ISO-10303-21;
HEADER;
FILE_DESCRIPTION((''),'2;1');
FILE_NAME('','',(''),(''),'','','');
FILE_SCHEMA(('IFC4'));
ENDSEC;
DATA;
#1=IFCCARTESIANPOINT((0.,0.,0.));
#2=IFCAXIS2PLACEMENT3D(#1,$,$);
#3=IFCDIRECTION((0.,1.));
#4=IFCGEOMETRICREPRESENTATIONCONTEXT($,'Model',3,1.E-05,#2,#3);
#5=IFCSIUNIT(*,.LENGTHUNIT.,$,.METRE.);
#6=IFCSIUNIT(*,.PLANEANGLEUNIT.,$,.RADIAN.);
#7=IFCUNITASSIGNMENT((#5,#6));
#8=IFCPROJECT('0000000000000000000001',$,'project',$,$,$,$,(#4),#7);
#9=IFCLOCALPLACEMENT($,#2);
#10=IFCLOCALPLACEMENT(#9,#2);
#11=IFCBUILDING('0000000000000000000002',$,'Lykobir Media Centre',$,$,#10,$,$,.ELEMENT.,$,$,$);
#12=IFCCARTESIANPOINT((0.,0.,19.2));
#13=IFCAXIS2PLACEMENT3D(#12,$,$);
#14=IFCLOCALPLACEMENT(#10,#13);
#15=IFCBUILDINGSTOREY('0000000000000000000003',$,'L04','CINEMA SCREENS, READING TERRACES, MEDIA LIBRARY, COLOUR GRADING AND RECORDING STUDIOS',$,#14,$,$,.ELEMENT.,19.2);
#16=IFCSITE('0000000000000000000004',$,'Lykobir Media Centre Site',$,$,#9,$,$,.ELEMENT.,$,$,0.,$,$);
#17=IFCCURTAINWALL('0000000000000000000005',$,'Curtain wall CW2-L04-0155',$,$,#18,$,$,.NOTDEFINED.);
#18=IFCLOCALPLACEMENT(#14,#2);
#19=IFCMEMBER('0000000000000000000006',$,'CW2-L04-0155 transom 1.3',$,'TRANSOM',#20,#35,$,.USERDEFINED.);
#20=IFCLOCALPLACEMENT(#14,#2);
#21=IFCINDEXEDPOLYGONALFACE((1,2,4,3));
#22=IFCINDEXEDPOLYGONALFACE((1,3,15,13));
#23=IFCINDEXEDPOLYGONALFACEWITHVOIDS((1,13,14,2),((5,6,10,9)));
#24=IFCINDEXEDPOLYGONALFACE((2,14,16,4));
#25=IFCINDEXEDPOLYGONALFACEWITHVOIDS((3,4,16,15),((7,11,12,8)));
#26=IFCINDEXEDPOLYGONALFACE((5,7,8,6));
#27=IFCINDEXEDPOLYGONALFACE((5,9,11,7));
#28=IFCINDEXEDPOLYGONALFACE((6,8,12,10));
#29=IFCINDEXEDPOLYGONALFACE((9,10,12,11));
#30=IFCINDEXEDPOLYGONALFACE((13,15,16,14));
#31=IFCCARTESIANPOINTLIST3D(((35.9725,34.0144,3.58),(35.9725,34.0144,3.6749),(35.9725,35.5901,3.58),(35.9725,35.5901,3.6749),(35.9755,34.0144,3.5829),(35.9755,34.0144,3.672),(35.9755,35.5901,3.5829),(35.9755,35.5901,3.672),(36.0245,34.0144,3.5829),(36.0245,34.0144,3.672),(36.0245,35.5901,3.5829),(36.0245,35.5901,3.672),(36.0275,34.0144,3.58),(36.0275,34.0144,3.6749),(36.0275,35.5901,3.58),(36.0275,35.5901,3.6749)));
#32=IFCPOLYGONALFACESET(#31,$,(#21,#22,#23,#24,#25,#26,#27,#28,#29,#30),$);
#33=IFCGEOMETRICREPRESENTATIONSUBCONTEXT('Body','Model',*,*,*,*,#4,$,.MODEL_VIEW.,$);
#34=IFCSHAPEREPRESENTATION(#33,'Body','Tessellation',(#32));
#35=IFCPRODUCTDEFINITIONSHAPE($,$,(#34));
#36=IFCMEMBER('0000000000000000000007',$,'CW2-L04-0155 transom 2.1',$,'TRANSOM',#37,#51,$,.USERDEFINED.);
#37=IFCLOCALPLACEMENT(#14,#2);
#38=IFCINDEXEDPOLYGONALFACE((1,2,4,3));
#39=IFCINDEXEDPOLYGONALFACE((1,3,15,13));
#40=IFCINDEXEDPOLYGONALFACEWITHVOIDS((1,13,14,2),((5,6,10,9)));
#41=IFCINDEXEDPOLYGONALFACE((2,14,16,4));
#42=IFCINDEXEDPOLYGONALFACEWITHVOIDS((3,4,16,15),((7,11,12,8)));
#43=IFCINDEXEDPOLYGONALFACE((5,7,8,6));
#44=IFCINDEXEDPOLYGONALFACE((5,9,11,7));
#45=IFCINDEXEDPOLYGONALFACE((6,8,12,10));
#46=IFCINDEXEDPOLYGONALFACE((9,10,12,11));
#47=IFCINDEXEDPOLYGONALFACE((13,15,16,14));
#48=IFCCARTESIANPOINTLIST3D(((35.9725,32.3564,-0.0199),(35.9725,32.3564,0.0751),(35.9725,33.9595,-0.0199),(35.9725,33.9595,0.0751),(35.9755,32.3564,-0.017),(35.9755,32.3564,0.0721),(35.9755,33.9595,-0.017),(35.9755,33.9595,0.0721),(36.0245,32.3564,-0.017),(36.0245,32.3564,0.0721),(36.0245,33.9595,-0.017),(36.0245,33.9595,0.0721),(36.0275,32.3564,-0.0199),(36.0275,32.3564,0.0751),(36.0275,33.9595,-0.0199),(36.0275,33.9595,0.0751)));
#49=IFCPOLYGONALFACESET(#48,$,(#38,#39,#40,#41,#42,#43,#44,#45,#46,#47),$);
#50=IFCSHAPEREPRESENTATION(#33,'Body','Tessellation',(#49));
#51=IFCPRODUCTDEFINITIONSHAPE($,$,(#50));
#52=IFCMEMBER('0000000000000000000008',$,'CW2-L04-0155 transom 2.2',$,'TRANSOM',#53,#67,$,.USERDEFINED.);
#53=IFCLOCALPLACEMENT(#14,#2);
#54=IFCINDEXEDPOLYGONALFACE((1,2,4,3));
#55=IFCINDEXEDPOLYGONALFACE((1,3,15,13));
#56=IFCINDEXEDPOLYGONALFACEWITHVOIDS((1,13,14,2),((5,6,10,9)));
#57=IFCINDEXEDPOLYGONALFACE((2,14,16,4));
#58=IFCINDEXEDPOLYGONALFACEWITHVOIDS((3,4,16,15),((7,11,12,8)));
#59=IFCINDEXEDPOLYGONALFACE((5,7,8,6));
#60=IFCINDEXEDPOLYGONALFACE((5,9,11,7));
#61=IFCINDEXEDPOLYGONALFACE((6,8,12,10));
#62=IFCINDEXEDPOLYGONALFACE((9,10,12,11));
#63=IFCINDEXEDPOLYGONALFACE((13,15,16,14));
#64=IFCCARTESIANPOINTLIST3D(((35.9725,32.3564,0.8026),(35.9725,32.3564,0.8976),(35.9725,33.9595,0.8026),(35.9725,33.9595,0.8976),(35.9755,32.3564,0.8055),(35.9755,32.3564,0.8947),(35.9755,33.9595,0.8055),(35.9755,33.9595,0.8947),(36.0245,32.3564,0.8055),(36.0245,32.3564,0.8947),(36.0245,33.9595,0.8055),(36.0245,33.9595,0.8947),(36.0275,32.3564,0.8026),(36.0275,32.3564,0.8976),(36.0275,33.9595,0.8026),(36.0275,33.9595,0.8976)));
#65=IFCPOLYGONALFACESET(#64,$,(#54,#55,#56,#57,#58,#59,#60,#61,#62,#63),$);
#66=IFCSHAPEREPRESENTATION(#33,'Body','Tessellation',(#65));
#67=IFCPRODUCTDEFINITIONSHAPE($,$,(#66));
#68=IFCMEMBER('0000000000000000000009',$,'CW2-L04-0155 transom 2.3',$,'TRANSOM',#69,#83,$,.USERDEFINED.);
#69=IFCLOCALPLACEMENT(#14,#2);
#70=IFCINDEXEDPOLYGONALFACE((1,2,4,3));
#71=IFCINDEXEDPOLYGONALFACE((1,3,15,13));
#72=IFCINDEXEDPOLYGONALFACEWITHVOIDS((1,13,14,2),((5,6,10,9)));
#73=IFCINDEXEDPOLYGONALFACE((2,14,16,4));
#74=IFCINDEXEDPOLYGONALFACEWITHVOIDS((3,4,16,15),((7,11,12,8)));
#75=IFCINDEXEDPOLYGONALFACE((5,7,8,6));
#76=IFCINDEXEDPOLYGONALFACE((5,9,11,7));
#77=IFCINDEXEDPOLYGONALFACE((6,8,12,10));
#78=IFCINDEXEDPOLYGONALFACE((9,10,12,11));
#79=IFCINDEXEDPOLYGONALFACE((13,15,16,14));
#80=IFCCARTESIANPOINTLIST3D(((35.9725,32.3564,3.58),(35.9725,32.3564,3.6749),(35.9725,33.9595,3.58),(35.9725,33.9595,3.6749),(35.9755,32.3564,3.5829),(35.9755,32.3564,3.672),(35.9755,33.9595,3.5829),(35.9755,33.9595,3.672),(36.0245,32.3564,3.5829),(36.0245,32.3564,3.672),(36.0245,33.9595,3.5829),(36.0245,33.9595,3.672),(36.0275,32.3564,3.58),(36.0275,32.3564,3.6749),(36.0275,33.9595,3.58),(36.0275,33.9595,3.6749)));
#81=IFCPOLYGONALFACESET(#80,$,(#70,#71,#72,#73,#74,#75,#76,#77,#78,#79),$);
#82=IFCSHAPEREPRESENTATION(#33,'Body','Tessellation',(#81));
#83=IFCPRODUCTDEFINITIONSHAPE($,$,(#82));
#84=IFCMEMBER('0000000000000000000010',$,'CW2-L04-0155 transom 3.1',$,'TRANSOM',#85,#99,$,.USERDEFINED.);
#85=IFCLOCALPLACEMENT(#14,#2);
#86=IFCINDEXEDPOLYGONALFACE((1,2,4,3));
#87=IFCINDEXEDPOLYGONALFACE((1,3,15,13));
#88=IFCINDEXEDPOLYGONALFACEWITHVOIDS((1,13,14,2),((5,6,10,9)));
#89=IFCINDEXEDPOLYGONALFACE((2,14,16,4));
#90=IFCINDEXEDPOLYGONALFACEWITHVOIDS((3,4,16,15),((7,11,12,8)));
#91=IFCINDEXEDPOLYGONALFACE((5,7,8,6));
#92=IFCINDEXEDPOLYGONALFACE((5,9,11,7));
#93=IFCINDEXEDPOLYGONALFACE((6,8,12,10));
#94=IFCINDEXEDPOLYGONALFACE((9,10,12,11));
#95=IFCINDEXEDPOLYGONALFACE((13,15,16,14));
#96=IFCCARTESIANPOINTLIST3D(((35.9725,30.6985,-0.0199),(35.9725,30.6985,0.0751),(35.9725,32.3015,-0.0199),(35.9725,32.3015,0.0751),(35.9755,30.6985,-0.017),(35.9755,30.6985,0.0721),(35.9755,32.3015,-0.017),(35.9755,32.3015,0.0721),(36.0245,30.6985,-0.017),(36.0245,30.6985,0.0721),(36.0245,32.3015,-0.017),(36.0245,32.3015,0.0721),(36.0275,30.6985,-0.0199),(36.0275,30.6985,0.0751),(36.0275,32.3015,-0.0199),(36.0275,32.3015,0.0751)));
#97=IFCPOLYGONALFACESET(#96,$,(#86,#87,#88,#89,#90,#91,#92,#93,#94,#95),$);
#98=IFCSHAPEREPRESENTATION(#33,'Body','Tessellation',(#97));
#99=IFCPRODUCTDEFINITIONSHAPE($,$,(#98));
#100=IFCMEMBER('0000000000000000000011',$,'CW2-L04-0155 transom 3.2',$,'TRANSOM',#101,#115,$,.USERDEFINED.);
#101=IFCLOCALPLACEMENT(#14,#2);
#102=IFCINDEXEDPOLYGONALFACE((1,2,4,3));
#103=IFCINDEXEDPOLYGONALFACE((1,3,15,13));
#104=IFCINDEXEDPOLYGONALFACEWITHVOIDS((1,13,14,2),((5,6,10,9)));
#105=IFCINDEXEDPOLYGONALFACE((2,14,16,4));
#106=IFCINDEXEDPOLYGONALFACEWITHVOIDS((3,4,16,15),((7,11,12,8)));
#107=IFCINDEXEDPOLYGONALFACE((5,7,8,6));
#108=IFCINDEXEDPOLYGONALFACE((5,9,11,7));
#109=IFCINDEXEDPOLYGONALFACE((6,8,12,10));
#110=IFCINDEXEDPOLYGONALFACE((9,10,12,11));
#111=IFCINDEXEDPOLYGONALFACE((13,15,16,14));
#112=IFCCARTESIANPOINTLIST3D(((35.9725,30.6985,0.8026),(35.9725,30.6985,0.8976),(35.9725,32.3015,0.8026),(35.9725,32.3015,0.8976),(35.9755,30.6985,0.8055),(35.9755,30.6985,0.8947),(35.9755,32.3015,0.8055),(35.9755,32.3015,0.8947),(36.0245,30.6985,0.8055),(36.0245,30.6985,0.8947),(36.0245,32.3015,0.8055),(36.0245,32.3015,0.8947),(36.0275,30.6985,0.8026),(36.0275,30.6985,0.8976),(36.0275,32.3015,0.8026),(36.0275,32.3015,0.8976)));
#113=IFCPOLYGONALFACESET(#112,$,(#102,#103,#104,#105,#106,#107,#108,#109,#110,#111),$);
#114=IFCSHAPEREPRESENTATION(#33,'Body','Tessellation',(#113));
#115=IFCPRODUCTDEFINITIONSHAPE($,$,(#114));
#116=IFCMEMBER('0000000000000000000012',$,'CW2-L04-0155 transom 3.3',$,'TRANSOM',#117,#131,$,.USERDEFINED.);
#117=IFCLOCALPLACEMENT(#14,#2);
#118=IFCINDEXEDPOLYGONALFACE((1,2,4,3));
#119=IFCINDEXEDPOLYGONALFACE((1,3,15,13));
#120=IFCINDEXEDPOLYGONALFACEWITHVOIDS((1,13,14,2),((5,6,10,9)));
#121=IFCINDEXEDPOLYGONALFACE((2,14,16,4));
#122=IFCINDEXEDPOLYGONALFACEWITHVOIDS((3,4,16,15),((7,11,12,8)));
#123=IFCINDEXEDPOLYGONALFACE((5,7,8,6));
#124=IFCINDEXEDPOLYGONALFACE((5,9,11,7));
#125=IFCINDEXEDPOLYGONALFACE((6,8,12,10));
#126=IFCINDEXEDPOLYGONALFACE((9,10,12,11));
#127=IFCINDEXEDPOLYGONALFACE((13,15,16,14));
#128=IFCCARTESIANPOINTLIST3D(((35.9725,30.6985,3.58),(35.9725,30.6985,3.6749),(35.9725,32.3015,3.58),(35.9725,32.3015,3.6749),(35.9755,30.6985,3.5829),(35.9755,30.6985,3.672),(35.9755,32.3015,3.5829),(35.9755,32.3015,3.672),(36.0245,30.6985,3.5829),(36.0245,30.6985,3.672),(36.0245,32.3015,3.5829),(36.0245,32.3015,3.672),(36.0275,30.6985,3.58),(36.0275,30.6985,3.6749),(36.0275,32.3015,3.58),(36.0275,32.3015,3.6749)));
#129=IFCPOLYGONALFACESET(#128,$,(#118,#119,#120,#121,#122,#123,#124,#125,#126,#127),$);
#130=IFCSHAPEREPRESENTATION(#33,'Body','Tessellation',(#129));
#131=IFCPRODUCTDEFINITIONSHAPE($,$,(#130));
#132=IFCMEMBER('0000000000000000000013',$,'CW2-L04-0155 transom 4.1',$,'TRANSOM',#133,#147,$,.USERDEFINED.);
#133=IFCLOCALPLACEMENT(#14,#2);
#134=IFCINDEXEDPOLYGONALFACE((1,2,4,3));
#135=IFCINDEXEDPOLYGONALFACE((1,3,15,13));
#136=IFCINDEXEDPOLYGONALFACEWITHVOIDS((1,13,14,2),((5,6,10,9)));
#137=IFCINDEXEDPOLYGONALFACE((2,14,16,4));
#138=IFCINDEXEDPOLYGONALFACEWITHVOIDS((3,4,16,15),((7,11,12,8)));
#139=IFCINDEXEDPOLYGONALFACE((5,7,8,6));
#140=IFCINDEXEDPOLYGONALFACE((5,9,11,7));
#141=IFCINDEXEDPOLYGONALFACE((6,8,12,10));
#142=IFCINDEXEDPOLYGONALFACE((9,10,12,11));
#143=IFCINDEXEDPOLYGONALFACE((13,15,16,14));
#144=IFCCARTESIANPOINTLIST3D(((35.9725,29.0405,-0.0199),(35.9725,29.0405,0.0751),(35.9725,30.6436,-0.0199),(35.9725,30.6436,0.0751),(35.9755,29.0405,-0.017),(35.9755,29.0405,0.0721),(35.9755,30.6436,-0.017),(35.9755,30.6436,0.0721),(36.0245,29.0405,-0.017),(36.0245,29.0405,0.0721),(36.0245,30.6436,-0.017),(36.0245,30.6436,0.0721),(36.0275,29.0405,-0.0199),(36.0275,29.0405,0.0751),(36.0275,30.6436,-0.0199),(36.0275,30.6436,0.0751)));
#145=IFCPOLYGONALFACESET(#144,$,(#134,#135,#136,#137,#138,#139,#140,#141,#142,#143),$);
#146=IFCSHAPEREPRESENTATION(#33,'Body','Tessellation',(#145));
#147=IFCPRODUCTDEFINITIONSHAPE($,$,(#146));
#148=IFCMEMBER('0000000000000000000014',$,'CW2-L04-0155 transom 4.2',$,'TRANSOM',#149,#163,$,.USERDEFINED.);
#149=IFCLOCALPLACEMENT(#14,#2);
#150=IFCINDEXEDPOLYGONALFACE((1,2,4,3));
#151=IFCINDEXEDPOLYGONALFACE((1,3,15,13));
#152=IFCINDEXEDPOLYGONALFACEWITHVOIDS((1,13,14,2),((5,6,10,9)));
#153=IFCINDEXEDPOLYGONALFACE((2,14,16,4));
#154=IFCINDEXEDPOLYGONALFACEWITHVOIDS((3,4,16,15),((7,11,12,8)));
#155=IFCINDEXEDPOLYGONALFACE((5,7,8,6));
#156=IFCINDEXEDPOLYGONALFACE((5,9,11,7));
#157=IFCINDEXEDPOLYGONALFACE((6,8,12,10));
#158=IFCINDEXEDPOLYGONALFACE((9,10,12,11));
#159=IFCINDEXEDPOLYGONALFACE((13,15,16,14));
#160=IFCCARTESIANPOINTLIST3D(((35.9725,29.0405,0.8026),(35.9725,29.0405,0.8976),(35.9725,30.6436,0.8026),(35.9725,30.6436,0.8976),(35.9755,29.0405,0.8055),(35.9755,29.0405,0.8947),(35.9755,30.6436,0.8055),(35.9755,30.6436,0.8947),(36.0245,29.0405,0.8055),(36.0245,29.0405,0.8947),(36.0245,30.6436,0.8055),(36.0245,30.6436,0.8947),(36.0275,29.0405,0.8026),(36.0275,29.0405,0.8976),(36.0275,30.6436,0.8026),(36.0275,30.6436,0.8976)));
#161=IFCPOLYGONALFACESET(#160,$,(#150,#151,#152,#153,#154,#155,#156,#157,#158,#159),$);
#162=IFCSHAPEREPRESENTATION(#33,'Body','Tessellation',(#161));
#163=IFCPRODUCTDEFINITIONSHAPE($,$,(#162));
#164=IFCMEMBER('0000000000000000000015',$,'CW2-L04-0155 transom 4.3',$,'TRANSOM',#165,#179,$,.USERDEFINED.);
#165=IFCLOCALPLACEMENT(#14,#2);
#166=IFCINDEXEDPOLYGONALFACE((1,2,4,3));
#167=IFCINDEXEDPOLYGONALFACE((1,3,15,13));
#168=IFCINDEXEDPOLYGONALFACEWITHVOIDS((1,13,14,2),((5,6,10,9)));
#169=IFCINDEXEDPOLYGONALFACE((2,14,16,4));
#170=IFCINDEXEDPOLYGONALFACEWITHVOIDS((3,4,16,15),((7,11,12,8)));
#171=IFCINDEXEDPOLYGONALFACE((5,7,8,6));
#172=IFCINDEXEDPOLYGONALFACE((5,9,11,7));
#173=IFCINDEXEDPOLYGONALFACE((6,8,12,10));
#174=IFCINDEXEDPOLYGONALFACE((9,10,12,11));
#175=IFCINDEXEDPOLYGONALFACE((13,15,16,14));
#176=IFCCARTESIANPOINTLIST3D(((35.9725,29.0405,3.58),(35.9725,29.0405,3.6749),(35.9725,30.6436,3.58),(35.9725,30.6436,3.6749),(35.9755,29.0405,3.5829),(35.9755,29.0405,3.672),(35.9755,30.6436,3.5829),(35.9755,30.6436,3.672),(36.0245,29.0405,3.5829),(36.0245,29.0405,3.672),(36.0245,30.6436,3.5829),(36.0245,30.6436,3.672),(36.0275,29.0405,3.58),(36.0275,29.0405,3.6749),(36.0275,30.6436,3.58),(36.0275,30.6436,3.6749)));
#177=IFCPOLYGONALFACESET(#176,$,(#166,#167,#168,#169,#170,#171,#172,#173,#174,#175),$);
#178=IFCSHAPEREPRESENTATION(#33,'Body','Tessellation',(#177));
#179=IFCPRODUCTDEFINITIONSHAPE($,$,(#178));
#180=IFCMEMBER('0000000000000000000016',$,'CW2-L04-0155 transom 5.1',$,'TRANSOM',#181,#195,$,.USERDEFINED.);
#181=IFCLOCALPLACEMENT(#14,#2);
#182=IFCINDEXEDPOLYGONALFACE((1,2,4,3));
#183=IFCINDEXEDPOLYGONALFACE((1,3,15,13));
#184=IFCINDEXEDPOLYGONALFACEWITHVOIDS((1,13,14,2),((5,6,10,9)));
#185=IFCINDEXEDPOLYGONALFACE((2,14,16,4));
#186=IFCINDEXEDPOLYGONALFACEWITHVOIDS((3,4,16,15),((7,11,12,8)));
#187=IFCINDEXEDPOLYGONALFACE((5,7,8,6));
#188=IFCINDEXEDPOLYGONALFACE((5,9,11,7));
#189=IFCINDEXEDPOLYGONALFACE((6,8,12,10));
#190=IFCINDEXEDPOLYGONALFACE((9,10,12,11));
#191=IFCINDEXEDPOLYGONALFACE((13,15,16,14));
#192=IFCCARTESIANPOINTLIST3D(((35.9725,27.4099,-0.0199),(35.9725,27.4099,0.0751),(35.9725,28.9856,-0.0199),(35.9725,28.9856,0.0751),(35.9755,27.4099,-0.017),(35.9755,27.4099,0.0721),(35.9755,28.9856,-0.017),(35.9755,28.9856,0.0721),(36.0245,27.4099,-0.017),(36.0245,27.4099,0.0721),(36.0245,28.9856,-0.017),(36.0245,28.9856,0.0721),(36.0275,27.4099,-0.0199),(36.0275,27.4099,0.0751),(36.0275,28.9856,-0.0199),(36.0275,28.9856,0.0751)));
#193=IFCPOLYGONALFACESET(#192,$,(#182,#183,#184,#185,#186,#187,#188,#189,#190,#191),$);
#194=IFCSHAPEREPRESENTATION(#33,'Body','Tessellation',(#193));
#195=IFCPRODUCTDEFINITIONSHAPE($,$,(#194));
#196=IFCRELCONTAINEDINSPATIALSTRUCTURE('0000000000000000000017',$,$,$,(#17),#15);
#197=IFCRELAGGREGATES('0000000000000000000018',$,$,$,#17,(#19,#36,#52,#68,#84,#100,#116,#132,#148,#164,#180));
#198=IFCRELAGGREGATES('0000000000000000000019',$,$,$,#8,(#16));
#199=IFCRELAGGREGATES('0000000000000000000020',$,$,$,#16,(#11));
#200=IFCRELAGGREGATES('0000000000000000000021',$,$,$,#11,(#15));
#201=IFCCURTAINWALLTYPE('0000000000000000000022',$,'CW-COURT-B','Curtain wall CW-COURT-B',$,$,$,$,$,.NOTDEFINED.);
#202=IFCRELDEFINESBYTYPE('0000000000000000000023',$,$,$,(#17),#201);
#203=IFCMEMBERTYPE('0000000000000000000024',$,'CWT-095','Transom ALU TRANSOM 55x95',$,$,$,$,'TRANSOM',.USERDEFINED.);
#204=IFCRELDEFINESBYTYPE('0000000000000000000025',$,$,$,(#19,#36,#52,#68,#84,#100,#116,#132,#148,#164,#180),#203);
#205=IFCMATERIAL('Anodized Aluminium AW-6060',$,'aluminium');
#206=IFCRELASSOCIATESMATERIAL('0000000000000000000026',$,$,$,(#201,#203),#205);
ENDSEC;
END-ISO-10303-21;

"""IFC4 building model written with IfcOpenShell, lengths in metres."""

from ifc_helpers import new_model, si_unit, direction, frame, origin, origin_2d, place, context, subcontext, project, spatial, hollow_rectangle, extrude, material, material_profile, profile_set, type_object, element, aggregate, save


model = new_model("IFC4")

# Units and contexts
model_context = context("Model", 3, precision=1e-05, world=origin(), true_north=direction((0.0, 1.0)))
body_context = subcontext(model_context, "Body", "Model", "MODEL_VIEW")
ifc_project = project(units=[si_unit("LENGTHUNIT", "METRE"), si_unit("PLANEANGLEUNIT", "RADIAN")], contexts=[model_context])

# Site, building, storey
site_placement = place(None, origin())
site = spatial("IfcSite", under=ifc_project, at=site_placement, Name="Lykobir Media Centre Site", CompositionType="ELEMENT", RefElevation=0.0)
building_placement = place(site_placement, origin())
building = spatial("IfcBuilding", under=site, at=building_placement, Name="Lykobir Media Centre", CompositionType="ELEMENT")
storey_placement = place(building_placement, frame((0.0, 0.0, 19.2)))
storey = spatial("IfcBuildingStorey", under=building, at=storey_placement, Name="L04", Description="CINEMA SCREENS, READING TERRACES, MEDIA LIBRARY, COLOUR GRADING AND RECORDING STUDIOS", CompositionType="ELEMENT", Elevation=19.2)

# Curtain wall
ifc_material_1 = material(Name="Anodized Aluminium AW-6060", Category="aluminium")
curtain_wall_type = type_object("IfcCurtainWallType", Name="CW-COURT-B", Description="Curtain wall CW-COURT-B", PredefinedType="NOTDEFINED", material=ifc_material_1)
curtain_wall_1_placement = place(storey_placement, origin())
curtain_wall_1 = element("IfcCurtainWall", 1, at=curtain_wall_1_placement, inside=storey, type_object=curtain_wall_type, Name="Curtain wall CW2-L04-0155", PredefinedType="NOTDEFINED")

# Members
ifc_material_profile_1 = material_profile(ifc_material_1, hollow_rectangle(XDim=0.0549, YDim=0.095, WallThickness=0.0029, at=origin_2d()), Name="ALU TRANSOM 55x95")
ifc_profile_set_1 = profile_set([ifc_material_profile_1], Name="Anodized Aluminium AW-6060")
member_type_1 = type_object("IfcMemberType", Name="CWT-095", Description="Transom ALU TRANSOM 55x95", ElementType="TRANSOM", PredefinedType="USERDEFINED", material=ifc_profile_set_1)
member_1_placement = place(storey_placement, frame((36.0, 35.5901, 3.6274), z_axis=(0.0, -1.0, 0.0), x_axis=(1.0, 0.0, 0.0)))
member_1 = element("IfcMember", 2, at=member_1_placement, type_object=member_type_1, Name="CW2-L04-0155 transom 1.3", ObjectType="TRANSOM", PredefinedType="USERDEFINED", context=body_context, shape_type="SweptSolid", body=[
    extrude(hollow_rectangle(XDim=0.0549, YDim=0.095, WallThickness=0.0029, at=origin_2d()), origin(), (0.0, 0.0, 1.0), 1.5757),
])
member_2_placement = place(storey_placement, frame((36.0, 33.9595, 0.0276), z_axis=(0.0, -1.0, 0.0), x_axis=(1.0, 0.0, 0.0)))
member_2 = element("IfcMember", 3, at=member_2_placement, type_object=member_type_1, Name="CW2-L04-0155 transom 2.1", ObjectType="TRANSOM", PredefinedType="USERDEFINED", context=body_context, shape_type="SweptSolid", body=[
    extrude(hollow_rectangle(XDim=0.0549, YDim=0.095, WallThickness=0.0029, at=origin_2d()), origin(), (0.0, 0.0, 1.0), 1.603),
])
member_3_placement = place(storey_placement, frame((36.0, 33.9595, 0.8501), z_axis=(0.0, -1.0, 0.0), x_axis=(1.0, 0.0, 0.0)))
member_3 = element("IfcMember", 4, at=member_3_placement, type_object=member_type_1, Name="CW2-L04-0155 transom 2.2", ObjectType="TRANSOM", PredefinedType="USERDEFINED", context=body_context, shape_type="SweptSolid", body=[
    extrude(hollow_rectangle(XDim=0.0549, YDim=0.095, WallThickness=0.0029, at=origin_2d()), origin(), (0.0, 0.0, 1.0), 1.603),
])
member_4_placement = place(storey_placement, frame((36.0, 33.9595, 3.6274), z_axis=(0.0, -1.0, 0.0), x_axis=(1.0, 0.0, 0.0)))
member_4 = element("IfcMember", 5, at=member_4_placement, type_object=member_type_1, Name="CW2-L04-0155 transom 2.3", ObjectType="TRANSOM", PredefinedType="USERDEFINED", context=body_context, shape_type="SweptSolid", body=[
    extrude(hollow_rectangle(XDim=0.0549, YDim=0.095, WallThickness=0.0029, at=origin_2d()), origin(), (0.0, 0.0, 1.0), 1.603),
])
member_5_placement = place(storey_placement, frame((36.0, 32.3015, 0.0276), z_axis=(0.0, -1.0, 0.0), x_axis=(1.0, 0.0, 0.0)))
member_5 = element("IfcMember", 6, at=member_5_placement, type_object=member_type_1, Name="CW2-L04-0155 transom 3.1", ObjectType="TRANSOM", PredefinedType="USERDEFINED", context=body_context, shape_type="SweptSolid", body=[
    extrude(hollow_rectangle(XDim=0.0549, YDim=0.095, WallThickness=0.0029, at=origin_2d()), origin(), (0.0, 0.0, 1.0), 1.603),
])
member_6_placement = place(storey_placement, frame((36.0, 32.3015, 0.8501), z_axis=(0.0, -1.0, 0.0), x_axis=(1.0, 0.0, 0.0)))
member_6 = element("IfcMember", 7, at=member_6_placement, type_object=member_type_1, Name="CW2-L04-0155 transom 3.2", ObjectType="TRANSOM", PredefinedType="USERDEFINED", context=body_context, shape_type="SweptSolid", body=[
    extrude(hollow_rectangle(XDim=0.0549, YDim=0.095, WallThickness=0.0029, at=origin_2d()), origin(), (0.0, 0.0, 1.0), 1.603),
])
member_7_placement = place(storey_placement, frame((36.0, 32.3015, 3.6274), z_axis=(0.0, -1.0, 0.0), x_axis=(1.0, 0.0, 0.0)))
member_7 = element("IfcMember", 8, at=member_7_placement, type_object=member_type_1, Name="CW2-L04-0155 transom 3.3", ObjectType="TRANSOM", PredefinedType="USERDEFINED", context=body_context, shape_type="SweptSolid", body=[
    extrude(hollow_rectangle(XDim=0.0549, YDim=0.095, WallThickness=0.0029, at=origin_2d()), origin(), (0.0, 0.0, 1.0), 1.603),
])
member_8_placement = place(storey_placement, frame((36.0, 30.6436, 0.0276), z_axis=(0.0, -1.0, 0.0), x_axis=(1.0, 0.0, 0.0)))
member_8 = element("IfcMember", 9, at=member_8_placement, type_object=member_type_1, Name="CW2-L04-0155 transom 4.1", ObjectType="TRANSOM", PredefinedType="USERDEFINED", context=body_context, shape_type="SweptSolid", body=[
    extrude(hollow_rectangle(XDim=0.0549, YDim=0.095, WallThickness=0.0029, at=origin_2d()), origin(), (0.0, 0.0, 1.0), 1.603),
])
member_9_placement = place(storey_placement, frame((36.0, 30.6436, 0.8501), z_axis=(0.0, -1.0, 0.0), x_axis=(1.0, 0.0, 0.0)))
member_9 = element("IfcMember", 10, at=member_9_placement, type_object=member_type_1, Name="CW2-L04-0155 transom 4.2", ObjectType="TRANSOM", PredefinedType="USERDEFINED", context=body_context, shape_type="SweptSolid", body=[
    extrude(hollow_rectangle(XDim=0.0549, YDim=0.095, WallThickness=0.0029, at=origin_2d()), origin(), (0.0, 0.0, 1.0), 1.603),
])
member_10_placement = place(storey_placement, frame((36.0, 30.6436, 3.6274), z_axis=(0.0, -1.0, 0.0), x_axis=(1.0, 0.0, 0.0)))
member_10 = element("IfcMember", 11, at=member_10_placement, type_object=member_type_1, Name="CW2-L04-0155 transom 4.3", ObjectType="TRANSOM", PredefinedType="USERDEFINED", context=body_context, shape_type="SweptSolid", body=[
    extrude(hollow_rectangle(XDim=0.0549, YDim=0.095, WallThickness=0.0029, at=origin_2d()), origin(), (0.0, 0.0, 1.0), 1.603),
])
member_11_placement = place(storey_placement, frame((36.0, 28.9856, 0.0276), z_axis=(0.0, -1.0, 0.0), x_axis=(1.0, 0.0, 0.0)))
member_11 = element("IfcMember", 12, at=member_11_placement, type_object=member_type_1, Name="CW2-L04-0155 transom 5.1", ObjectType="TRANSOM", PredefinedType="USERDEFINED", context=body_context, shape_type="SweptSolid", body=[
    extrude(hollow_rectangle(XDim=0.0549, YDim=0.095, WallThickness=0.0029, at=origin_2d()), origin(), (0.0, 0.0, 1.0), 1.5757),
])

aggregate(curtain_wall_1, [member_1, member_2, member_3, member_4, member_5, member_6, member_7, member_8, member_9, member_10, member_11])

save(model, "model.ifc")
